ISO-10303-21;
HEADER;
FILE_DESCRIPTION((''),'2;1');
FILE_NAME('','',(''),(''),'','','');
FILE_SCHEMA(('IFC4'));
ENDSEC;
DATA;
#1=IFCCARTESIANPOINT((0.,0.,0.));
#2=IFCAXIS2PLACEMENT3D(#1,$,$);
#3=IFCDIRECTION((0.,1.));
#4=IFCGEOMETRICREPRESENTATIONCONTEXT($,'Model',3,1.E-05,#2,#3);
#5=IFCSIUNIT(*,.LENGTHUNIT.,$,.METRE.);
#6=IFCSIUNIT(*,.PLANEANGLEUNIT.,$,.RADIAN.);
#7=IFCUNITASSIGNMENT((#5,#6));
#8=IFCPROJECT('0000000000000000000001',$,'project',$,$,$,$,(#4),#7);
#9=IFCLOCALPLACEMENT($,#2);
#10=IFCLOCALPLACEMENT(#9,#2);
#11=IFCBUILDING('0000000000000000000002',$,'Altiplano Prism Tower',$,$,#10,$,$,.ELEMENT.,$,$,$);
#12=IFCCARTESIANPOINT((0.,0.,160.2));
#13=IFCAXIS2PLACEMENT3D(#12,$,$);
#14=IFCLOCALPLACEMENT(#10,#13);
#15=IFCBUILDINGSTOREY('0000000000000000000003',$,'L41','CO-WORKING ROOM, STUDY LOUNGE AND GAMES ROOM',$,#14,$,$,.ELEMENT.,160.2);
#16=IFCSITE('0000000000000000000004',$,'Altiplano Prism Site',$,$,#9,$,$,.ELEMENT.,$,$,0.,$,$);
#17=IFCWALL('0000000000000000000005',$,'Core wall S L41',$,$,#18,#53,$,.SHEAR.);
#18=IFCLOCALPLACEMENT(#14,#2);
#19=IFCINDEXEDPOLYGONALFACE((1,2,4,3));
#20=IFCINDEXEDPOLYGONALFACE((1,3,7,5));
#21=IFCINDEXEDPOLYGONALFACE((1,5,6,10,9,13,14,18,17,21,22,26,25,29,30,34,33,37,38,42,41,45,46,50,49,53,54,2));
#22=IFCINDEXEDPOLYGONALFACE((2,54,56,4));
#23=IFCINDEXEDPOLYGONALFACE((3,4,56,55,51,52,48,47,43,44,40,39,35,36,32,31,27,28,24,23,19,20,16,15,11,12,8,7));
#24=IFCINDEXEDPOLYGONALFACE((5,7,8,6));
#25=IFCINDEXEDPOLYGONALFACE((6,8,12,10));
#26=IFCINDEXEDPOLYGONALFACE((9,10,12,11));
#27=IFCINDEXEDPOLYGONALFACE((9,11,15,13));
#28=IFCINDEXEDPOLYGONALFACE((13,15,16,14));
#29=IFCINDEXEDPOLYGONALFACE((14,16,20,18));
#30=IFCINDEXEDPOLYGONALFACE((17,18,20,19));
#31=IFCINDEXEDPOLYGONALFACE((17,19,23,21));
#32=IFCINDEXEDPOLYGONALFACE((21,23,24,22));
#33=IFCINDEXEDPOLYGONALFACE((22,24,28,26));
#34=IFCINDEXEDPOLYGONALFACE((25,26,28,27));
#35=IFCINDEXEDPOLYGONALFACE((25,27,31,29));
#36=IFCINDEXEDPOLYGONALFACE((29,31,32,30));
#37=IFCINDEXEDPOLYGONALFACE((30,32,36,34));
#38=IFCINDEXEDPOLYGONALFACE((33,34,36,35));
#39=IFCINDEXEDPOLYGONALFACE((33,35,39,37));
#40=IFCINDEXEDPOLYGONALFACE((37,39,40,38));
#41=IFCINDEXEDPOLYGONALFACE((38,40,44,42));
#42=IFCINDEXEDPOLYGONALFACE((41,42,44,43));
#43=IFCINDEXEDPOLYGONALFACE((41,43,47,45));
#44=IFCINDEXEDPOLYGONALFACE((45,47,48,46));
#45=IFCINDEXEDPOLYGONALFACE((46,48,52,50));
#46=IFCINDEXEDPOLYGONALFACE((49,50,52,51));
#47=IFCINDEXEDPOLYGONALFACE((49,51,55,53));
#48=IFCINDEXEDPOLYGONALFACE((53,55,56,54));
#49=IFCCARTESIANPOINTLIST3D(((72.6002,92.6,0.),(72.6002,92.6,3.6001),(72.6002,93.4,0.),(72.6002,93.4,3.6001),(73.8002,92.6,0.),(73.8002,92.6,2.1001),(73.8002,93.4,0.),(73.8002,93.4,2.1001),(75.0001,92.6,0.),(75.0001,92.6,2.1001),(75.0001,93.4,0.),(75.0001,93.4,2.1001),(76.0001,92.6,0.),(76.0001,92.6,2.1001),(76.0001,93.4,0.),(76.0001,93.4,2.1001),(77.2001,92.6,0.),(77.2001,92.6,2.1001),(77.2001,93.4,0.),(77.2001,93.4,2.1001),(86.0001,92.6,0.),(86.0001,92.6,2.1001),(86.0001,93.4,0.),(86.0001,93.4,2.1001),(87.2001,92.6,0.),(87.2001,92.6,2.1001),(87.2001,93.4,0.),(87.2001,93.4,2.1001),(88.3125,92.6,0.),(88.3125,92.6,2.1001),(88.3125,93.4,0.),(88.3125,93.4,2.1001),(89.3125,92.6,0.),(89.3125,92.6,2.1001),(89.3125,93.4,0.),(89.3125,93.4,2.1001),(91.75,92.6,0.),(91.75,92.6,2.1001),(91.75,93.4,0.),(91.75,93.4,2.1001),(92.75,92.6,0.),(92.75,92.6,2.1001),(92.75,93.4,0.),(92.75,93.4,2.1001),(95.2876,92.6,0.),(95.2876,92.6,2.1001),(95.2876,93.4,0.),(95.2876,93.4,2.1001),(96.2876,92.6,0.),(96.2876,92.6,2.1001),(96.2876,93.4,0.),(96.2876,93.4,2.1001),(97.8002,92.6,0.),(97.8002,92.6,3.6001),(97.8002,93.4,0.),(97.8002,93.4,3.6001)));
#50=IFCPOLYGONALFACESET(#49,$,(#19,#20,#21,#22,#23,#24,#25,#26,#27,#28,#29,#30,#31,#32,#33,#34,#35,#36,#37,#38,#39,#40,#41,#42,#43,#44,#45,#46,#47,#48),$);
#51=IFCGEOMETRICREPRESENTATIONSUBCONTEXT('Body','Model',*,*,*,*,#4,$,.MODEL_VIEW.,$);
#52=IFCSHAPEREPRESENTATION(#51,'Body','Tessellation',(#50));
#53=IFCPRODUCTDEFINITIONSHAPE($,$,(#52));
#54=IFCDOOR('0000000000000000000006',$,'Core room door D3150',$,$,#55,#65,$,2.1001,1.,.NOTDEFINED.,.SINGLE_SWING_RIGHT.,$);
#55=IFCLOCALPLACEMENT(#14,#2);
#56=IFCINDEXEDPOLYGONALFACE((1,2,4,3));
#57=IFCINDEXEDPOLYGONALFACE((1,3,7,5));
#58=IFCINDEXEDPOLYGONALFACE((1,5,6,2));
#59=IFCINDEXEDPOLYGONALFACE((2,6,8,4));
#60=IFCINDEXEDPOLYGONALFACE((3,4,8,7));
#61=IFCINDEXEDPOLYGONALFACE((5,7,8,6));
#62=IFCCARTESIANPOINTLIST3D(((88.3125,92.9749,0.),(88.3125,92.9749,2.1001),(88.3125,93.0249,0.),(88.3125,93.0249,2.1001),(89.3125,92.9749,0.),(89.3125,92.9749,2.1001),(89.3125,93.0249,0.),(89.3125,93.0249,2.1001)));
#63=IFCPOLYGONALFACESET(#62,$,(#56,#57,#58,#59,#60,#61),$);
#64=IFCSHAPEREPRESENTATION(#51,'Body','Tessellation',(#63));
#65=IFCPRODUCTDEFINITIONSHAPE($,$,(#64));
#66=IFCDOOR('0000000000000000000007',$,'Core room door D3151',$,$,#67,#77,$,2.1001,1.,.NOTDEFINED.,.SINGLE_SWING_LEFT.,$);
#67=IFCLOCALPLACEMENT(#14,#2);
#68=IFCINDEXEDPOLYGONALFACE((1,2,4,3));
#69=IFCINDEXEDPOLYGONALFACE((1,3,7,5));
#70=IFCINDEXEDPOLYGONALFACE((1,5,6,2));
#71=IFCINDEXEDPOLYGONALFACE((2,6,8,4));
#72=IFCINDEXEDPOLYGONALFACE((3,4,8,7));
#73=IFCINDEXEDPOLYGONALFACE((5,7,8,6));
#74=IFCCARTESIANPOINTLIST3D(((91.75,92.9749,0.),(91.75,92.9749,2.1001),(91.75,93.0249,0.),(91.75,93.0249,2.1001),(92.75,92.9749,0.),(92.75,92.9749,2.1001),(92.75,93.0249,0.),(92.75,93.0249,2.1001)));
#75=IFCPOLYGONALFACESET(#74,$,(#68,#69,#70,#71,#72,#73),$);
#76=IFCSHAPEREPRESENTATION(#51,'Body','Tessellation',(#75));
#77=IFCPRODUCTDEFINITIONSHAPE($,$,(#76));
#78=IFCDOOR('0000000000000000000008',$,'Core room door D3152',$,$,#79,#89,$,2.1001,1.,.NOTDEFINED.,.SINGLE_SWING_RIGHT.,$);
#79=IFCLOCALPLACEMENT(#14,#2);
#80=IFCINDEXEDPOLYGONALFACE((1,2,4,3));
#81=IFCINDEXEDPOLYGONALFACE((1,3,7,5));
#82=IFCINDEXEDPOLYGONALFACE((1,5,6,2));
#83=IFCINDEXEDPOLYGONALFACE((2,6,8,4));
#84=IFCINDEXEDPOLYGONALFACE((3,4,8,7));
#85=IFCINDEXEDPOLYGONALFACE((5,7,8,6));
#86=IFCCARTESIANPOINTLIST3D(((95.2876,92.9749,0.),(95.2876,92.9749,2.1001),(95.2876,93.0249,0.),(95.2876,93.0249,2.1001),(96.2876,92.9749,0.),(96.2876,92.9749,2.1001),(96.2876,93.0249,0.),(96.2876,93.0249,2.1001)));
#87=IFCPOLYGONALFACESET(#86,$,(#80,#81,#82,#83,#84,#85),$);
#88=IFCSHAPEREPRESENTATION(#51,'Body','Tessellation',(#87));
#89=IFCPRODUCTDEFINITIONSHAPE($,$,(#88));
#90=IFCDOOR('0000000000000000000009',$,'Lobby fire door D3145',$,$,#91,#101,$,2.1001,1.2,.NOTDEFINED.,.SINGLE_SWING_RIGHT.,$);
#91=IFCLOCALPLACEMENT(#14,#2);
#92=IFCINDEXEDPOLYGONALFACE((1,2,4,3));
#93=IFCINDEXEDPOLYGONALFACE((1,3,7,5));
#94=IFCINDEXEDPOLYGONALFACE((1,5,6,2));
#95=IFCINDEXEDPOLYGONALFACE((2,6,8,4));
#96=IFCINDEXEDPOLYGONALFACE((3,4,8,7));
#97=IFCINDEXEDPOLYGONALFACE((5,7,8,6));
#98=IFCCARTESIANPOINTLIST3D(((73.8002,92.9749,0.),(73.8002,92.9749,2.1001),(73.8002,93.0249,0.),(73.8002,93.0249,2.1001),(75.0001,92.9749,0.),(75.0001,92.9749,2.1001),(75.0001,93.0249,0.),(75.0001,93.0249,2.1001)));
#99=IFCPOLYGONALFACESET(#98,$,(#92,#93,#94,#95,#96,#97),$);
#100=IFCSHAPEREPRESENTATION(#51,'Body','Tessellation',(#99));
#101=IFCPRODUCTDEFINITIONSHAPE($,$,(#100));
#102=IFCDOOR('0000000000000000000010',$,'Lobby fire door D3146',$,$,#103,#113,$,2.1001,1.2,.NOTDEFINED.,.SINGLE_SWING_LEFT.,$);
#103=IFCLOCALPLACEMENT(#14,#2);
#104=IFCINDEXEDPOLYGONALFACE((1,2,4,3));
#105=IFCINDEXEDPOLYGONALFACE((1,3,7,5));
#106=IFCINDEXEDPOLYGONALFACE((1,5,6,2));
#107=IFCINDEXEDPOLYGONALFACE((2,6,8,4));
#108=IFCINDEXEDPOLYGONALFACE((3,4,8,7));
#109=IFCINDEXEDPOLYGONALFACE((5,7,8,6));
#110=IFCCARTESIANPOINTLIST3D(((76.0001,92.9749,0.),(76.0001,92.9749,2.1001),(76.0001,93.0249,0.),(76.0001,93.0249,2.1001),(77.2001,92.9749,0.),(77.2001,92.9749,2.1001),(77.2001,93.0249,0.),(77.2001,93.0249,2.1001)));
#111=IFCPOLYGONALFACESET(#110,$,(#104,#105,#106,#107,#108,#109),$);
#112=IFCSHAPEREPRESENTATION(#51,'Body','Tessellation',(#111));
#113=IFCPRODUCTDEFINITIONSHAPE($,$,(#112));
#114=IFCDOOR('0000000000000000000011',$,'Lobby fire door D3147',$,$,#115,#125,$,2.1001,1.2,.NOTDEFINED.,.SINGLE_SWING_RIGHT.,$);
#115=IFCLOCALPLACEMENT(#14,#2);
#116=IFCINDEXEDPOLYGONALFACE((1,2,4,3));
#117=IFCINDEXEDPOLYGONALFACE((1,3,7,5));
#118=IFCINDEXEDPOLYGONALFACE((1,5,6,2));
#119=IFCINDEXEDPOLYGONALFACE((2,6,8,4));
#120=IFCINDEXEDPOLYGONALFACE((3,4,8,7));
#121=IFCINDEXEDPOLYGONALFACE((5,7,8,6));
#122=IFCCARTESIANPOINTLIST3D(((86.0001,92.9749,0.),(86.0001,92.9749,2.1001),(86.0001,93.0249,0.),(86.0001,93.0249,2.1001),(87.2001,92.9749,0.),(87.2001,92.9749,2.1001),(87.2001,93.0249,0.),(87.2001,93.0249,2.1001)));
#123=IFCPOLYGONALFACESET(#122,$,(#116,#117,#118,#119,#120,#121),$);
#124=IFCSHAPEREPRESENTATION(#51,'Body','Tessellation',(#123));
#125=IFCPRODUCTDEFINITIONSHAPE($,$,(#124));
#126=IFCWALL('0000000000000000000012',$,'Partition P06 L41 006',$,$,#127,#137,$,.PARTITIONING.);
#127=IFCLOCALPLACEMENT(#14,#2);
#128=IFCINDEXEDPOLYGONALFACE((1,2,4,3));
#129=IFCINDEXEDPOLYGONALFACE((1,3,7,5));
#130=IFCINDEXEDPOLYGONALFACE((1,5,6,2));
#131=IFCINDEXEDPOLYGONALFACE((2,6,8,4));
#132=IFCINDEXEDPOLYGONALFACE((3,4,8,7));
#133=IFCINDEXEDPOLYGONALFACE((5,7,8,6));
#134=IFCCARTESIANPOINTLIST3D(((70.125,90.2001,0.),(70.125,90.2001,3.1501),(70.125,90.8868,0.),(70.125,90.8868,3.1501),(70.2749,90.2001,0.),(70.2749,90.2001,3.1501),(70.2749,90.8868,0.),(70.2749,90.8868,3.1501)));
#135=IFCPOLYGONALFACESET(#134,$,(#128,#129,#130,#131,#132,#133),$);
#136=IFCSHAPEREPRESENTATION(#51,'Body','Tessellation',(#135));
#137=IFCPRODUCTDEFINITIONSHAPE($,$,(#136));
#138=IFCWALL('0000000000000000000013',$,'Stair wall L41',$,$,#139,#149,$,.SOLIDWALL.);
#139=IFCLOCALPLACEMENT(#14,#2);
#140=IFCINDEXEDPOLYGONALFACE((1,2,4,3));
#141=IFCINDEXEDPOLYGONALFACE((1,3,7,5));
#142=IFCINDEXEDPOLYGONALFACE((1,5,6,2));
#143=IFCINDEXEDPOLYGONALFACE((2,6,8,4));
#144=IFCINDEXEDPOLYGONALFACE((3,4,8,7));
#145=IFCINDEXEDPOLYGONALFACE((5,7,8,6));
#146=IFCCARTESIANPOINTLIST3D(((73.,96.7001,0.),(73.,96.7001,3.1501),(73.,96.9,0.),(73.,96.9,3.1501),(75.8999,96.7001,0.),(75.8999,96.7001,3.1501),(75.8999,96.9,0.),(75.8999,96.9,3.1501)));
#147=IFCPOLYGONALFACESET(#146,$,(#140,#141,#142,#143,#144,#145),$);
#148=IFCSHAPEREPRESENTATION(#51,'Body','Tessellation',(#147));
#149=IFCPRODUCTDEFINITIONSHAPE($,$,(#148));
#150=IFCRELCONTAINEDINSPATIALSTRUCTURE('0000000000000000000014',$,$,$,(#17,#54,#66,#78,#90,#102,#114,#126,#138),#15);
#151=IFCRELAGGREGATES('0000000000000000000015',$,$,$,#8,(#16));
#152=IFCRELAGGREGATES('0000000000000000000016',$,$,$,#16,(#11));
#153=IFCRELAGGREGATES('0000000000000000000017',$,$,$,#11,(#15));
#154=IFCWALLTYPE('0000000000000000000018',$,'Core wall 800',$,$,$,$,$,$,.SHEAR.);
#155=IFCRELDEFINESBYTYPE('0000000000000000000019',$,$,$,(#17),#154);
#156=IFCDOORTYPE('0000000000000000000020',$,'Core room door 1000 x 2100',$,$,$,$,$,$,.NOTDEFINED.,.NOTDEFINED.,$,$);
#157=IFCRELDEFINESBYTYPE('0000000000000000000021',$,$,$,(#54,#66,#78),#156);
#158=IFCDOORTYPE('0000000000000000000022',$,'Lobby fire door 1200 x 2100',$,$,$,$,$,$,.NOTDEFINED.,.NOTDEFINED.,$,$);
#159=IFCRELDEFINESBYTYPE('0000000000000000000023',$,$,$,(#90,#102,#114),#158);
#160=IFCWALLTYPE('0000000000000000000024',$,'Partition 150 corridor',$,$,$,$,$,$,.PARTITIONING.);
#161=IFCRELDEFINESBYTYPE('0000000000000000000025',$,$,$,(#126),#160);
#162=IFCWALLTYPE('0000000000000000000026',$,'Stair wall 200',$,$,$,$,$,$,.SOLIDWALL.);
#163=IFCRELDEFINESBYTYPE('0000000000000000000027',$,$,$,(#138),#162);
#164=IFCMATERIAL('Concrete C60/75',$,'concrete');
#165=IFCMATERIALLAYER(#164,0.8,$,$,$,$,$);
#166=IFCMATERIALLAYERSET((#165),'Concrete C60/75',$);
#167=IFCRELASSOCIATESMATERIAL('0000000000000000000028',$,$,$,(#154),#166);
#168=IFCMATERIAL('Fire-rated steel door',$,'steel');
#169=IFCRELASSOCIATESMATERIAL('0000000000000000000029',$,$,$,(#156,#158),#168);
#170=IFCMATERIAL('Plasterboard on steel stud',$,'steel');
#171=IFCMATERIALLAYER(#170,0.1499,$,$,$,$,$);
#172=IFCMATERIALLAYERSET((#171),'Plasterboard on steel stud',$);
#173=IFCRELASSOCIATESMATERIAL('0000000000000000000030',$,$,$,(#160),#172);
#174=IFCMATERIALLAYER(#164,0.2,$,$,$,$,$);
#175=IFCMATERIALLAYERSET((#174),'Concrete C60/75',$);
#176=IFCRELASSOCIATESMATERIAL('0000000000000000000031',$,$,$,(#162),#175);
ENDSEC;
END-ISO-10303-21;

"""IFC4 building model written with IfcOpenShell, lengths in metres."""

from ifc_helpers import new_model, si_unit, direction, frame, frame_2d, origin, place, context, subcontext, project, spatial, rectangle, extrude, material, layer, layer_set, type_object, element, fill, save


model = new_model("IFC4")

# Units and contexts
model_context = context("Model", 3, precision=1e-05, world=origin(), true_north=direction((0.0, 1.0)))
body_context = subcontext(model_context, "Body", "Model", "MODEL_VIEW")
ifc_project = project(units=[si_unit("LENGTHUNIT", "METRE"), si_unit("PLANEANGLEUNIT", "RADIAN")], contexts=[model_context])

# Site, building, storey
site_placement = place(None, origin())
site = spatial("IfcSite", under=ifc_project, at=site_placement, Name="Altiplano Prism Site", CompositionType="ELEMENT", RefElevation=0.0)
building_placement = place(site_placement, origin())
building = spatial("IfcBuilding", under=site, at=building_placement, Name="Altiplano Prism Tower", CompositionType="ELEMENT")
storey_placement = place(building_placement, frame((0.0, 0.0, 160.2)))
storey = spatial("IfcBuildingStorey", under=building, at=storey_placement, Name="L41", Description="CO-WORKING ROOM, STUDY LOUNGE AND GAMES ROOM", CompositionType="ELEMENT", Elevation=160.2)

# Wall, openings, doors
ifc_material_1 = material(Name="Concrete C60/75", Category="concrete")
ifc_layer_1 = layer(ifc_material_1, 0.8)
ifc_layer_set_1 = layer_set([ifc_layer_1], Name="Concrete C60/75")
wall_type_1 = type_object("IfcWallType", Name="Core wall 800", PredefinedType="SHEAR", material=ifc_layer_set_1)
wall_1_placement = place(storey_placement, frame((72.6001, 93.0, 0.0), z_axis=(0.0, 0.0, 1.0), x_axis=(1.0, 0.0, 0.0)))
wall_1 = element("IfcWall", 1, at=wall_1_placement, inside=storey, type_object=wall_type_1, Name="Core wall S L41", PredefinedType="SHEAR", context=body_context, shape_type="SweptSolid", body=[
    extrude(rectangle(XDim=25.2, YDim=0.8, at=frame_2d((12.6001, 0.0))), origin(), (0.0, 0.0, 1.0), 3.6001),
])
opening_1_placement = place(wall_1_placement, frame((1.2, 0.0, 0.0)))
opening_1 = element("IfcOpeningElement", 2, at=opening_1_placement, cuts=wall_1, PredefinedType="OPENING", context=body_context, shape_type="SweptSolid", body=[
    extrude(rectangle(XDim=1.2, YDim=2.1001, at=frame_2d((0.6001, 1.05))), frame((0.0, 0.4106, 0.0), z_axis=(0.0, -1.0, 0.0), x_axis=(1.0, 0.0, 0.0)), (0.0, 0.0, 1.0), 0.821),
])
opening_2_placement = place(wall_1_placement, frame((3.3999, 0.0, 0.0)))
opening_2 = element("IfcOpeningElement", 3, at=opening_2_placement, cuts=wall_1, PredefinedType="OPENING", context=body_context, shape_type="SweptSolid", body=[
    extrude(rectangle(XDim=1.2, YDim=2.1001, at=frame_2d((0.6001, 1.05))), frame((0.0, 0.4106, 0.0), z_axis=(0.0, -1.0, 0.0), x_axis=(1.0, 0.0, 0.0)), (0.0, 0.0, 1.0), 0.821),
])
opening_3_placement = place(wall_1_placement, frame((13.3999, 0.0, 0.0)))
opening_3 = element("IfcOpeningElement", 4, at=opening_3_placement, cuts=wall_1, PredefinedType="OPENING", context=body_context, shape_type="SweptSolid", body=[
    extrude(rectangle(XDim=1.2, YDim=2.1001, at=frame_2d((0.6001, 1.05))), frame((0.0, 0.4106, 0.0), z_axis=(0.0, -1.0, 0.0), x_axis=(1.0, 0.0, 0.0)), (0.0, 0.0, 1.0), 0.821),
])
opening_4_placement = place(wall_1_placement, frame((15.7124, 0.0, 0.0)))
opening_4 = element("IfcOpeningElement", 5, at=opening_4_placement, cuts=wall_1, PredefinedType="OPENING", context=body_context, shape_type="SweptSolid", body=[
    extrude(rectangle(XDim=1.0, YDim=2.1001, at=frame_2d((0.5, 1.05))), frame((0.0, 0.4106, 0.0), z_axis=(0.0, -1.0, 0.0), x_axis=(1.0, 0.0, 0.0)), (0.0, 0.0, 1.0), 0.821),
])
opening_5_placement = place(wall_1_placement, frame((19.1499, 0.0, 0.0)))
opening_5 = element("IfcOpeningElement", 6, at=opening_5_placement, cuts=wall_1, PredefinedType="OPENING", context=body_context, shape_type="SweptSolid", body=[
    extrude(rectangle(XDim=1.0, YDim=2.1001, at=frame_2d((0.5, 1.05))), frame((0.0, 0.4106, 0.0), z_axis=(0.0, -1.0, 0.0), x_axis=(1.0, 0.0, 0.0)), (0.0, 0.0, 1.0), 0.821),
])
opening_6_placement = place(wall_1_placement, frame((22.6875, 0.0, 0.0)))
opening_6 = element("IfcOpeningElement", 7, at=opening_6_placement, cuts=wall_1, PredefinedType="OPENING", context=body_context, shape_type="SweptSolid", body=[
    extrude(rectangle(XDim=1.0, YDim=2.1001, at=frame_2d((0.5, 1.05))), frame((0.0, 0.4106, 0.0), z_axis=(0.0, -1.0, 0.0), x_axis=(1.0, 0.0, 0.0)), (0.0, 0.0, 1.0), 0.821),
])
ifc_material_2 = material(Name="Fire-rated steel door", Category="steel")
door_type_1 = type_object("IfcDoorType", Name="Core room door 1000 x 2100", OperationType="NOTDEFINED", PredefinedType="NOTDEFINED", material=ifc_material_2)
door_1_placement = place(opening_4_placement, origin())
door_1 = element("IfcDoor", 8, at=door_1_placement, inside=storey, type_object=door_type_1, Name="Core room door D3150", OperationType="SINGLE_SWING_RIGHT", OverallHeight=2.1001, OverallWidth=1.0, PredefinedType="NOTDEFINED", context=body_context, shape_type="SweptSolid", body=[
    extrude(rectangle(XDim=1.0, YDim=2.1001, at=frame_2d((0.5, 1.05))), frame((0.0, 0.0249, 0.0), z_axis=(0.0, -1.0, 0.0), x_axis=(1.0, 0.0, 0.0)), (0.0, 0.0, 1.0), 0.05),
])
fill(opening_4, door_1)
door_2_placement = place(opening_5_placement, origin())
door_2 = element("IfcDoor", 9, at=door_2_placement, inside=storey, type_object=door_type_1, Name="Core room door D3151", OperationType="SINGLE_SWING_LEFT", OverallHeight=2.1001, OverallWidth=1.0, PredefinedType="NOTDEFINED", context=body_context, shape_type="SweptSolid", body=[
    extrude(rectangle(XDim=1.0, YDim=2.1001, at=frame_2d((0.5, 1.05))), frame((0.0, 0.0249, 0.0), z_axis=(0.0, -1.0, 0.0), x_axis=(1.0, 0.0, 0.0)), (0.0, 0.0, 1.0), 0.05),
])
fill(opening_5, door_2)
door_3_placement = place(opening_6_placement, origin())
door_3 = element("IfcDoor", 10, at=door_3_placement, inside=storey, type_object=door_type_1, Name="Core room door D3152", OperationType="SINGLE_SWING_RIGHT", OverallHeight=2.1001, OverallWidth=1.0, PredefinedType="NOTDEFINED", context=body_context, shape_type="SweptSolid", body=[
    extrude(rectangle(XDim=1.0, YDim=2.1001, at=frame_2d((0.5, 1.05))), frame((0.0, 0.0249, 0.0), z_axis=(0.0, -1.0, 0.0), x_axis=(1.0, 0.0, 0.0)), (0.0, 0.0, 1.0), 0.05),
])
fill(opening_6, door_3)
door_type_2 = type_object("IfcDoorType", Name="Lobby fire door 1200 x 2100", OperationType="NOTDEFINED", PredefinedType="NOTDEFINED", material=ifc_material_2)
door_4_placement = place(opening_1_placement, origin())
door_4 = element("IfcDoor", 11, at=door_4_placement, inside=storey, type_object=door_type_2, Name="Lobby fire door D3145", OperationType="SINGLE_SWING_RIGHT", OverallHeight=2.1001, OverallWidth=1.2, PredefinedType="NOTDEFINED", context=body_context, shape_type="SweptSolid", body=[
    extrude(rectangle(XDim=1.2, YDim=2.1001, at=frame_2d((0.6001, 1.05))), frame((0.0, 0.0249, 0.0), z_axis=(0.0, -1.0, 0.0), x_axis=(1.0, 0.0, 0.0)), (0.0, 0.0, 1.0), 0.05),
])
fill(opening_1, door_4)
door_5_placement = place(opening_2_placement, origin())
door_5 = element("IfcDoor", 12, at=door_5_placement, inside=storey, type_object=door_type_2, Name="Lobby fire door D3146", OperationType="SINGLE_SWING_LEFT", OverallHeight=2.1001, OverallWidth=1.2, PredefinedType="NOTDEFINED", context=body_context, shape_type="SweptSolid", body=[
    extrude(rectangle(XDim=1.2, YDim=2.1001, at=frame_2d((0.6001, 1.05))), frame((0.0, 0.0249, 0.0), z_axis=(0.0, -1.0, 0.0), x_axis=(1.0, 0.0, 0.0)), (0.0, 0.0, 1.0), 0.05),
])
fill(opening_2, door_5)
door_6_placement = place(opening_3_placement, origin())
door_6 = element("IfcDoor", 13, at=door_6_placement, inside=storey, type_object=door_type_2, Name="Lobby fire door D3147", OperationType="SINGLE_SWING_RIGHT", OverallHeight=2.1001, OverallWidth=1.2, PredefinedType="NOTDEFINED", context=body_context, shape_type="SweptSolid", body=[
    extrude(rectangle(XDim=1.2, YDim=2.1001, at=frame_2d((0.6001, 1.05))), frame((0.0, 0.0249, 0.0), z_axis=(0.0, -1.0, 0.0), x_axis=(1.0, 0.0, 0.0)), (0.0, 0.0, 1.0), 0.05),
])
fill(opening_3, door_6)

# Walls
ifc_material_3 = material(Name="Plasterboard on steel stud", Category="steel")
ifc_layer_2 = layer(ifc_material_3, 0.1499)
ifc_layer_set_2 = layer_set([ifc_layer_2], Name="Plasterboard on steel stud")
wall_type_2 = type_object("IfcWallType", Name="Partition 150 corridor", PredefinedType="PARTITIONING", material=ifc_layer_set_2)
wall_2_placement = place(storey_placement, frame((70.2, 90.8867, 0.0), z_axis=(0.0, 0.0, 1.0), x_axis=(0.0, -1.0, 0.0)))
element("IfcWall", 14, at=wall_2_placement, inside=storey, type_object=wall_type_2, Name="Partition P06 L41 006", PredefinedType="PARTITIONING", context=body_context, shape_type="SweptSolid", body=[
    extrude(rectangle(XDim=0.6868, YDim=0.1499, at=frame_2d((0.3433, 0.0))), origin(), (0.0, 0.0, 1.0), 3.1501),
])
ifc_layer_3 = layer(ifc_material_1, 0.2)
ifc_layer_set_3 = layer_set([ifc_layer_3], Name="Concrete C60/75")
wall_type_3 = type_object("IfcWallType", Name="Stair wall 200", PredefinedType="SOLIDWALL", material=ifc_layer_set_3)
wall_3_placement = place(storey_placement, frame((73.0, 96.8, 0.0), z_axis=(0.0, 0.0, 1.0), x_axis=(1.0, 0.0, 0.0)))
element("IfcWall", 15, at=wall_3_placement, inside=storey, type_object=wall_type_3, Name="Stair wall L41", PredefinedType="SOLIDWALL", context=body_context, shape_type="SweptSolid", body=[
    extrude(rectangle(XDim=2.8999, YDim=0.2, at=frame_2d((1.45, 0.0))), origin(), (0.0, 0.0, 1.0), 3.1501),
])

save(model, "model.ifc")
